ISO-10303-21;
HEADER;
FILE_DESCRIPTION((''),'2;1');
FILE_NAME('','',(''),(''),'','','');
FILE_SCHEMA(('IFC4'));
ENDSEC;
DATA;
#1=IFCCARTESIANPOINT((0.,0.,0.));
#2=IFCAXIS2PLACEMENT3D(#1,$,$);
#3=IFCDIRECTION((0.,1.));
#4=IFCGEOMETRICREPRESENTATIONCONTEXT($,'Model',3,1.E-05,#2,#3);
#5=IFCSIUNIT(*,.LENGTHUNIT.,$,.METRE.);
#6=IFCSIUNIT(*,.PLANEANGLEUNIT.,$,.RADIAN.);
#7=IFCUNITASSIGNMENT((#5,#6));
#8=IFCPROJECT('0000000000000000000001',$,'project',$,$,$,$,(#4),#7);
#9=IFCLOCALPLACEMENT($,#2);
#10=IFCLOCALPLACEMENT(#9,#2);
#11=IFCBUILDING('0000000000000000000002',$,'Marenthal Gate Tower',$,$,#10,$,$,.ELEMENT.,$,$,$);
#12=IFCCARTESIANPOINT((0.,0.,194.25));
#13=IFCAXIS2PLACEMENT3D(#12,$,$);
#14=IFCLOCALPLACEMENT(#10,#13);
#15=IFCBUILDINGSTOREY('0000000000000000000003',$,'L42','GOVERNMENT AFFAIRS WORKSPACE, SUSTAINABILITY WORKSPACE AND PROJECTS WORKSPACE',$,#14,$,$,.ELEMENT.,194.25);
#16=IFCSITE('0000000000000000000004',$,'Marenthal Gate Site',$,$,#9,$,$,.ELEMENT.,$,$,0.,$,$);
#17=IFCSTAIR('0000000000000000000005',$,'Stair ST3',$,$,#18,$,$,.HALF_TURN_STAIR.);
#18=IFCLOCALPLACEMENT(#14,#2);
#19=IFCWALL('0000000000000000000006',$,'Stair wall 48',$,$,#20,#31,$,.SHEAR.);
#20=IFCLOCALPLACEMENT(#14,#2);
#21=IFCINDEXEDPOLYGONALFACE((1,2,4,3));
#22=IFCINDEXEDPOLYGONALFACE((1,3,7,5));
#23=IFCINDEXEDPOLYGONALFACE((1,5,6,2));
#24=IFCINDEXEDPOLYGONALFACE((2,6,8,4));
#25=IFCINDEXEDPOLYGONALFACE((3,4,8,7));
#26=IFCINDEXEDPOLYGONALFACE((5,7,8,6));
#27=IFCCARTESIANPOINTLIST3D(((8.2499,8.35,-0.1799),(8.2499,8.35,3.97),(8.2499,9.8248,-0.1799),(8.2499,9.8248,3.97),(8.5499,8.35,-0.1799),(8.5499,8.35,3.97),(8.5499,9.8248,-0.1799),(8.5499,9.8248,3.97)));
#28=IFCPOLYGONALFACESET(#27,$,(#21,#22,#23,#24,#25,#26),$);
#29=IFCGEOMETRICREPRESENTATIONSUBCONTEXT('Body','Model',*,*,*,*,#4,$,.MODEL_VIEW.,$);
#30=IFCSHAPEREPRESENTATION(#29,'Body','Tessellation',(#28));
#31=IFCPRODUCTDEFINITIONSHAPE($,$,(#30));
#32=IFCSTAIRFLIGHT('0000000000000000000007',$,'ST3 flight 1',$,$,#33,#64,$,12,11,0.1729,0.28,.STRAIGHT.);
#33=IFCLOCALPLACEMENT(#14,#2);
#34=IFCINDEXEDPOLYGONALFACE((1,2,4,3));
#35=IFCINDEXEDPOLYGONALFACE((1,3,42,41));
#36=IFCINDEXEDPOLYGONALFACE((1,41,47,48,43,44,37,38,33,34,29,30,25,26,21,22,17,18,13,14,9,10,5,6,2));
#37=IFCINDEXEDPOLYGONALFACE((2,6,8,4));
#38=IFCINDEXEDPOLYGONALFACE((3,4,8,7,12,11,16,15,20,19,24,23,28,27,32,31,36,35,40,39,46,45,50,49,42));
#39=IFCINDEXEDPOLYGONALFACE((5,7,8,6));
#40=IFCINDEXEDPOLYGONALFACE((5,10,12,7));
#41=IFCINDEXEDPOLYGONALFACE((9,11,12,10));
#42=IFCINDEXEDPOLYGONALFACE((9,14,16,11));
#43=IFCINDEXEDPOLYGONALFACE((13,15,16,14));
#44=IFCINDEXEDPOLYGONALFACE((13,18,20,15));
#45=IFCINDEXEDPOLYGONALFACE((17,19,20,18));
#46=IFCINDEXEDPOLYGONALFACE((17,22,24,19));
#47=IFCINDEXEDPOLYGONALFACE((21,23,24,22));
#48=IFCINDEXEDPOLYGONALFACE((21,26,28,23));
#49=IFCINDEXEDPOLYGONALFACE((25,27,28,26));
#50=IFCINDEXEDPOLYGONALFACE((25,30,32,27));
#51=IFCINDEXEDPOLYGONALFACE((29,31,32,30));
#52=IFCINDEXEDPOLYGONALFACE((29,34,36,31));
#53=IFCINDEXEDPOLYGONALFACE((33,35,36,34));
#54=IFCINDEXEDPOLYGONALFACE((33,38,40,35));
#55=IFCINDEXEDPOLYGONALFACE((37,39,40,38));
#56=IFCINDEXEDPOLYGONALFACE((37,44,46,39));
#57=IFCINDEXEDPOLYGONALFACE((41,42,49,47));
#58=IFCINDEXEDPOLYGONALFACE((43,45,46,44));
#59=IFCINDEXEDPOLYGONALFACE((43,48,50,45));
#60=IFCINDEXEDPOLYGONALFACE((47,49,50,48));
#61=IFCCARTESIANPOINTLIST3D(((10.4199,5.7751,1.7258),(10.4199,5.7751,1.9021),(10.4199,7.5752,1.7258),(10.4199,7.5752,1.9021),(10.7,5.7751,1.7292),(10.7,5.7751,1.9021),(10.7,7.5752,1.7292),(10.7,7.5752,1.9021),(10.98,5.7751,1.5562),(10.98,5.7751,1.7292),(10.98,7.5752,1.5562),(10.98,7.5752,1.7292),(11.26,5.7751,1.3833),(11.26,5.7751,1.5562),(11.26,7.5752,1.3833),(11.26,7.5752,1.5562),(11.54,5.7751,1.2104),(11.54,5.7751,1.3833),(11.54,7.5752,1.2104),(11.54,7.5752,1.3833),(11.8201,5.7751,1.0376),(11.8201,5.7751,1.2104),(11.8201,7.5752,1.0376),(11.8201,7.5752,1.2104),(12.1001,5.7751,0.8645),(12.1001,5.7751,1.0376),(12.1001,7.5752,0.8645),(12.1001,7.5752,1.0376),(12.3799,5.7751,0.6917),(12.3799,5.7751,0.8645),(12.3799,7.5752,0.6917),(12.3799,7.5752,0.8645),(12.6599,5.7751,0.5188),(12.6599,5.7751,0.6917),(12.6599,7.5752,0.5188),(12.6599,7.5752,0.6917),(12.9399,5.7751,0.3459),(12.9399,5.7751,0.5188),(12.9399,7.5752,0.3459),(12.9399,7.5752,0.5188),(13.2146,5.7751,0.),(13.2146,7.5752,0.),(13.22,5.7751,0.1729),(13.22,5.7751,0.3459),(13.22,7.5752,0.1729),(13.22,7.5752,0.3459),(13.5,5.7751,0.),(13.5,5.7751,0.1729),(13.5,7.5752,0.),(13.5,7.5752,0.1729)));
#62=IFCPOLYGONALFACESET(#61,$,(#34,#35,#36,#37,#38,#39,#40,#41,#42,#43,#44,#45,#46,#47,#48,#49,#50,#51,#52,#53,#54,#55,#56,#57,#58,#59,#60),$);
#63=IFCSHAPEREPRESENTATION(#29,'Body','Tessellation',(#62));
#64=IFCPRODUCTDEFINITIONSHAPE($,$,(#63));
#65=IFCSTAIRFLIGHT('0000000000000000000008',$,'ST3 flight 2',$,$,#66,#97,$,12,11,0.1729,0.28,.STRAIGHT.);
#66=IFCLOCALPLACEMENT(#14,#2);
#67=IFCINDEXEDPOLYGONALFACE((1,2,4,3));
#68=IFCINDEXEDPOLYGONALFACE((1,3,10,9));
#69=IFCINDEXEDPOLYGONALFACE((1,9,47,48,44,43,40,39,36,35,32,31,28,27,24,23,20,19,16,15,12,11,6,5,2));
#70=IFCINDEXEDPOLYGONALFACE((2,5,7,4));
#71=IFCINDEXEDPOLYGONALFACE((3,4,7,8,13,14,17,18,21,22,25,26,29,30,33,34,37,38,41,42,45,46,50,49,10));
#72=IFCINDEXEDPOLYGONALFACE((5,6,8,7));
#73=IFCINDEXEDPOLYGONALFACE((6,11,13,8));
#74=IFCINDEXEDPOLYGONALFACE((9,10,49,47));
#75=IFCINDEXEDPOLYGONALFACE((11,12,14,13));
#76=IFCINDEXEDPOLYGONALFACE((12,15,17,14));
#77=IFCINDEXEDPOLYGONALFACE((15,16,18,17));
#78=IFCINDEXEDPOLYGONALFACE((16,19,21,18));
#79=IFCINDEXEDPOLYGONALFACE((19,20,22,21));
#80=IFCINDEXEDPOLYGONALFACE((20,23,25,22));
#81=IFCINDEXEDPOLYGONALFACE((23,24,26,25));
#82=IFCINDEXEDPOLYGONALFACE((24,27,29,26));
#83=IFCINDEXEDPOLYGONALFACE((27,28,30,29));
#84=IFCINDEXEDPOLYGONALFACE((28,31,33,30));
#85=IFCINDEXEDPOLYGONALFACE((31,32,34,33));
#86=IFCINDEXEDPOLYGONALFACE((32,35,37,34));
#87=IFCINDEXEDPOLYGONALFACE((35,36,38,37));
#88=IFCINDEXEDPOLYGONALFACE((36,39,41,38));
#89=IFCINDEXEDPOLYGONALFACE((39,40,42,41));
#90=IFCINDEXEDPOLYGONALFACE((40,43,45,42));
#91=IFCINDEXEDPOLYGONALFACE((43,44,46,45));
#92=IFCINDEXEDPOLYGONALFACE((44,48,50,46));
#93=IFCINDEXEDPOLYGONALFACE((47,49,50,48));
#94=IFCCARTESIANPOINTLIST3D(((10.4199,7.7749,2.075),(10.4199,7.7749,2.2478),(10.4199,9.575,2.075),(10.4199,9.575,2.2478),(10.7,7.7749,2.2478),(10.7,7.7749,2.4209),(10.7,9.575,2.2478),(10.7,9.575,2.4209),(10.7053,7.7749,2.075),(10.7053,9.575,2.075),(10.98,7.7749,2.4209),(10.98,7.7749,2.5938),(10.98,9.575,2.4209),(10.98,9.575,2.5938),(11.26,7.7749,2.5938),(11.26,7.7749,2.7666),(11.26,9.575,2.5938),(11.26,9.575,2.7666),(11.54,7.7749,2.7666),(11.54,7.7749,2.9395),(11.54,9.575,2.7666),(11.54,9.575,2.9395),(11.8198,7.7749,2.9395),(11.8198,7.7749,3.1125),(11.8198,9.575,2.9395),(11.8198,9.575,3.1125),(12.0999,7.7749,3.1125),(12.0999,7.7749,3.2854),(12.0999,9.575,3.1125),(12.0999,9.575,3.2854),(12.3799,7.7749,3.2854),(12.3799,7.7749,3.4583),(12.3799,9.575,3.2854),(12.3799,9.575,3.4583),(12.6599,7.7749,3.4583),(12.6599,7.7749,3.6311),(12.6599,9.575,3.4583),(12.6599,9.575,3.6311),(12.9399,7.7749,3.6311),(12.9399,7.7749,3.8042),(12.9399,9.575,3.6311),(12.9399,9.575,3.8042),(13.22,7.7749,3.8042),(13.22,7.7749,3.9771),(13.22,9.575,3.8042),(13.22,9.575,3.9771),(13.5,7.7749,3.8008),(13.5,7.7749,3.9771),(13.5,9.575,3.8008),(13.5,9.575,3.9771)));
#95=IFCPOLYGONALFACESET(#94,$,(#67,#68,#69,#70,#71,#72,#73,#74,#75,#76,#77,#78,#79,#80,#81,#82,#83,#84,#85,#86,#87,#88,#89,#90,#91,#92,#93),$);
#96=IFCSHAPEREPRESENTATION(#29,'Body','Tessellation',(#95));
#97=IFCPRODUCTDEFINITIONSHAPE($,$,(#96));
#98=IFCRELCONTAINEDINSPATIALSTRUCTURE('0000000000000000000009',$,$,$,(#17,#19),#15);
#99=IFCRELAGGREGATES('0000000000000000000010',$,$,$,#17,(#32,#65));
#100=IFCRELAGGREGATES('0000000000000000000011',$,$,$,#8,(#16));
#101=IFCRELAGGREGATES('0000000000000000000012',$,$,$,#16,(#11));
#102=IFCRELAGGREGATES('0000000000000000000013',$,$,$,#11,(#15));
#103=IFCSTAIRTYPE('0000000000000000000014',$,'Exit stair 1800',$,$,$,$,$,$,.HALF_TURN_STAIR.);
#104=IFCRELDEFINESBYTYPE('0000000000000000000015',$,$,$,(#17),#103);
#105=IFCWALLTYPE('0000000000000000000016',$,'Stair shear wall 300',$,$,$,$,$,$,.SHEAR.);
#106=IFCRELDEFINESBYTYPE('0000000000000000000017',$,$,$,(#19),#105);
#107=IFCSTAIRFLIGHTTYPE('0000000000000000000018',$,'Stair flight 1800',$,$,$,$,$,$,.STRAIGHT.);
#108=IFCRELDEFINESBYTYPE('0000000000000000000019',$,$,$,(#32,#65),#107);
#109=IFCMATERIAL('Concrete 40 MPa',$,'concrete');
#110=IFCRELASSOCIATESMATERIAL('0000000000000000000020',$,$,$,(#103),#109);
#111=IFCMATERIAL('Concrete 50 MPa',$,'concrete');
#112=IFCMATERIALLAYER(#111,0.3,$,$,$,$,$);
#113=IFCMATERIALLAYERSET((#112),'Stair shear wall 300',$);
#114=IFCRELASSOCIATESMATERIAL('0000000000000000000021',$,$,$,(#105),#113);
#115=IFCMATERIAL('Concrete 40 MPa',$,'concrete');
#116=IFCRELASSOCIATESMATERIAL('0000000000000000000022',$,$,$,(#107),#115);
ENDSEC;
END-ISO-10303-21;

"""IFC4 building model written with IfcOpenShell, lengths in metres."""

from ifc_helpers import new_model, si_unit, direction, frame, frame_2d, origin, place, context, subcontext, project, spatial, polyline, rectangle, outline, extrude, material, layer, layer_set, type_object, element, aggregate, save


model = new_model("IFC4")

# Units and contexts
model_context = context("Model", 3, precision=1e-05, world=origin(), true_north=direction((0.0, 1.0)))
body_context = subcontext(model_context, "Body", "Model", "MODEL_VIEW")
ifc_project = project(units=[si_unit("LENGTHUNIT", "METRE"), si_unit("PLANEANGLEUNIT", "RADIAN")], contexts=[model_context])

# Site, building, storey
site_placement = place(None, origin())
site = spatial("IfcSite", under=ifc_project, at=site_placement, Name="Marenthal Gate Site", CompositionType="ELEMENT", RefElevation=0.0)
building_placement = place(site_placement, origin())
building = spatial("IfcBuilding", under=site, at=building_placement, Name="Marenthal Gate Tower", CompositionType="ELEMENT")
storey_placement = place(building_placement, frame((0.0, 0.0, 194.25)))
storey = spatial("IfcBuildingStorey", under=building, at=storey_placement, Name="L42", Description="GOVERNMENT AFFAIRS WORKSPACE, SUSTAINABILITY WORKSPACE AND PROJECTS WORKSPACE", CompositionType="ELEMENT", Elevation=194.25)

# Stair
ifc_material_1 = material(Name="Concrete 40 MPa", Category="concrete")
stair_type = type_object("IfcStairType", Name="Exit stair 1800", PredefinedType="HALF_TURN_STAIR", material=ifc_material_1)
stair_1_placement = place(storey_placement, origin())
stair_1 = element("IfcStair", 1, at=stair_1_placement, inside=storey, type_object=stair_type, Name="Stair ST3", PredefinedType="HALF_TURN_STAIR")

# Wall
ifc_material_2 = material(Name="Concrete 50 MPa", Category="concrete")
ifc_layer_1 = layer(ifc_material_2, 0.3)
ifc_layer_set_1 = layer_set([ifc_layer_1], Name="Stair shear wall 300")
wall_type_1 = type_object("IfcWallType", Name="Stair shear wall 300", PredefinedType="SHEAR", material=ifc_layer_set_1)
wall_1_placement = place(storey_placement, frame((8.3999, 8.3501, -0.1799), z_axis=(0.0, 0.0, 1.0), x_axis=(0.0, 1.0, 0.0)))
element("IfcWall", 2, at=wall_1_placement, inside=storey, type_object=wall_type_1, Name="Stair wall 48", PredefinedType="SHEAR", context=body_context, shape_type="SweptSolid", body=[
    extrude(rectangle(XDim=1.4749, YDim=0.3, at=frame_2d((0.7373, 0.0))), origin(), (0.0, 0.0, 1.0), 4.1499),
])

# Stair flights
ifc_material_3 = material(Name="Concrete 40 MPa", Category="concrete")
stair_flight_type = type_object("IfcStairFlightType", Name="Stair flight 1800", PredefinedType="STRAIGHT", material=ifc_material_3)
stair_flight_1_placement = place(storey_placement, frame((13.5, 6.675, 0.0), z_axis=(0.0, 0.0, 1.0), x_axis=(-1.0, 0.0, 0.0)))
stair_flight_1 = element("IfcStairFlight", 3, at=stair_flight_1_placement, type_object=stair_flight_type, Name="ST3 flight 1", NumberOfRisers=12, NumberOfTreads=11, PredefinedType="STRAIGHT", RiserHeight=0.1729, TreadLength=0.28, context=body_context, shape_type="SweptSolid", body=[
    extrude(outline(polyline([(0.0, 0.0), (0.0, 0.1729), (0.28, 0.1729), (0.28, 0.3459), (0.5601, 0.3459), (0.5601, 0.5188), (0.8401, 0.5188), (0.8401, 0.6917), (1.1201, 0.6917), (1.1201, 0.8645), (1.3999, 0.8645), (1.3999, 1.0376), (1.6799, 1.0376), (1.6799, 1.2104), (1.96, 1.2104), (1.96, 1.3833), (2.24, 1.3833), (2.24, 1.5562), (2.52, 1.5562), (2.52, 1.7292), (2.8, 1.7292), (2.8, 1.9021), (3.0801, 1.9021), (3.0801, 2.075), (3.0801, 1.7258), (0.2854, 0.0), (0.0, 0.0)])), frame((0.0, 0.8999, 0.0), z_axis=(0.0, -1.0, 0.0), x_axis=(1.0, 0.0, 0.0)), (0.0, 0.0, 1.0), 1.8),
])
stair_flight_2_placement = place(storey_placement, frame((10.4199, 8.675, 2.075), z_axis=(0.0, 0.0, 1.0), x_axis=(1.0, 0.0, 0.0)))
stair_flight_2 = element("IfcStairFlight", 4, at=stair_flight_2_placement, type_object=stair_flight_type, Name="ST3 flight 2", NumberOfRisers=12, NumberOfTreads=11, PredefinedType="STRAIGHT", RiserHeight=0.1729, TreadLength=0.28, context=body_context, shape_type="SweptSolid", body=[
    extrude(outline(polyline([(0.0, 0.0), (0.0, 0.1729), (0.28, 0.1729), (0.28, 0.3459), (0.5601, 0.3459), (0.5601, 0.5188), (0.8401, 0.5188), (0.8401, 0.6917), (1.1201, 0.6917), (1.1201, 0.8645), (1.3999, 0.8645), (1.3999, 1.0376), (1.6799, 1.0376), (1.6799, 1.2104), (1.96, 1.2104), (1.96, 1.3833), (2.24, 1.3833), (2.24, 1.5562), (2.52, 1.5562), (2.52, 1.7292), (2.8, 1.7292), (2.8, 1.9021), (3.0801, 1.9021), (3.0801, 2.075), (3.0801, 1.7258), (0.2854, 0.0), (0.0, 0.0)])), frame((0.0, 0.8999, 0.0), z_axis=(0.0, -1.0, 0.0), x_axis=(1.0, 0.0, 0.0)), (0.0, 0.0, 1.0), 1.8),
])
aggregate(stair_1, [stair_flight_1, stair_flight_2])

save(model, "model.ifc")
